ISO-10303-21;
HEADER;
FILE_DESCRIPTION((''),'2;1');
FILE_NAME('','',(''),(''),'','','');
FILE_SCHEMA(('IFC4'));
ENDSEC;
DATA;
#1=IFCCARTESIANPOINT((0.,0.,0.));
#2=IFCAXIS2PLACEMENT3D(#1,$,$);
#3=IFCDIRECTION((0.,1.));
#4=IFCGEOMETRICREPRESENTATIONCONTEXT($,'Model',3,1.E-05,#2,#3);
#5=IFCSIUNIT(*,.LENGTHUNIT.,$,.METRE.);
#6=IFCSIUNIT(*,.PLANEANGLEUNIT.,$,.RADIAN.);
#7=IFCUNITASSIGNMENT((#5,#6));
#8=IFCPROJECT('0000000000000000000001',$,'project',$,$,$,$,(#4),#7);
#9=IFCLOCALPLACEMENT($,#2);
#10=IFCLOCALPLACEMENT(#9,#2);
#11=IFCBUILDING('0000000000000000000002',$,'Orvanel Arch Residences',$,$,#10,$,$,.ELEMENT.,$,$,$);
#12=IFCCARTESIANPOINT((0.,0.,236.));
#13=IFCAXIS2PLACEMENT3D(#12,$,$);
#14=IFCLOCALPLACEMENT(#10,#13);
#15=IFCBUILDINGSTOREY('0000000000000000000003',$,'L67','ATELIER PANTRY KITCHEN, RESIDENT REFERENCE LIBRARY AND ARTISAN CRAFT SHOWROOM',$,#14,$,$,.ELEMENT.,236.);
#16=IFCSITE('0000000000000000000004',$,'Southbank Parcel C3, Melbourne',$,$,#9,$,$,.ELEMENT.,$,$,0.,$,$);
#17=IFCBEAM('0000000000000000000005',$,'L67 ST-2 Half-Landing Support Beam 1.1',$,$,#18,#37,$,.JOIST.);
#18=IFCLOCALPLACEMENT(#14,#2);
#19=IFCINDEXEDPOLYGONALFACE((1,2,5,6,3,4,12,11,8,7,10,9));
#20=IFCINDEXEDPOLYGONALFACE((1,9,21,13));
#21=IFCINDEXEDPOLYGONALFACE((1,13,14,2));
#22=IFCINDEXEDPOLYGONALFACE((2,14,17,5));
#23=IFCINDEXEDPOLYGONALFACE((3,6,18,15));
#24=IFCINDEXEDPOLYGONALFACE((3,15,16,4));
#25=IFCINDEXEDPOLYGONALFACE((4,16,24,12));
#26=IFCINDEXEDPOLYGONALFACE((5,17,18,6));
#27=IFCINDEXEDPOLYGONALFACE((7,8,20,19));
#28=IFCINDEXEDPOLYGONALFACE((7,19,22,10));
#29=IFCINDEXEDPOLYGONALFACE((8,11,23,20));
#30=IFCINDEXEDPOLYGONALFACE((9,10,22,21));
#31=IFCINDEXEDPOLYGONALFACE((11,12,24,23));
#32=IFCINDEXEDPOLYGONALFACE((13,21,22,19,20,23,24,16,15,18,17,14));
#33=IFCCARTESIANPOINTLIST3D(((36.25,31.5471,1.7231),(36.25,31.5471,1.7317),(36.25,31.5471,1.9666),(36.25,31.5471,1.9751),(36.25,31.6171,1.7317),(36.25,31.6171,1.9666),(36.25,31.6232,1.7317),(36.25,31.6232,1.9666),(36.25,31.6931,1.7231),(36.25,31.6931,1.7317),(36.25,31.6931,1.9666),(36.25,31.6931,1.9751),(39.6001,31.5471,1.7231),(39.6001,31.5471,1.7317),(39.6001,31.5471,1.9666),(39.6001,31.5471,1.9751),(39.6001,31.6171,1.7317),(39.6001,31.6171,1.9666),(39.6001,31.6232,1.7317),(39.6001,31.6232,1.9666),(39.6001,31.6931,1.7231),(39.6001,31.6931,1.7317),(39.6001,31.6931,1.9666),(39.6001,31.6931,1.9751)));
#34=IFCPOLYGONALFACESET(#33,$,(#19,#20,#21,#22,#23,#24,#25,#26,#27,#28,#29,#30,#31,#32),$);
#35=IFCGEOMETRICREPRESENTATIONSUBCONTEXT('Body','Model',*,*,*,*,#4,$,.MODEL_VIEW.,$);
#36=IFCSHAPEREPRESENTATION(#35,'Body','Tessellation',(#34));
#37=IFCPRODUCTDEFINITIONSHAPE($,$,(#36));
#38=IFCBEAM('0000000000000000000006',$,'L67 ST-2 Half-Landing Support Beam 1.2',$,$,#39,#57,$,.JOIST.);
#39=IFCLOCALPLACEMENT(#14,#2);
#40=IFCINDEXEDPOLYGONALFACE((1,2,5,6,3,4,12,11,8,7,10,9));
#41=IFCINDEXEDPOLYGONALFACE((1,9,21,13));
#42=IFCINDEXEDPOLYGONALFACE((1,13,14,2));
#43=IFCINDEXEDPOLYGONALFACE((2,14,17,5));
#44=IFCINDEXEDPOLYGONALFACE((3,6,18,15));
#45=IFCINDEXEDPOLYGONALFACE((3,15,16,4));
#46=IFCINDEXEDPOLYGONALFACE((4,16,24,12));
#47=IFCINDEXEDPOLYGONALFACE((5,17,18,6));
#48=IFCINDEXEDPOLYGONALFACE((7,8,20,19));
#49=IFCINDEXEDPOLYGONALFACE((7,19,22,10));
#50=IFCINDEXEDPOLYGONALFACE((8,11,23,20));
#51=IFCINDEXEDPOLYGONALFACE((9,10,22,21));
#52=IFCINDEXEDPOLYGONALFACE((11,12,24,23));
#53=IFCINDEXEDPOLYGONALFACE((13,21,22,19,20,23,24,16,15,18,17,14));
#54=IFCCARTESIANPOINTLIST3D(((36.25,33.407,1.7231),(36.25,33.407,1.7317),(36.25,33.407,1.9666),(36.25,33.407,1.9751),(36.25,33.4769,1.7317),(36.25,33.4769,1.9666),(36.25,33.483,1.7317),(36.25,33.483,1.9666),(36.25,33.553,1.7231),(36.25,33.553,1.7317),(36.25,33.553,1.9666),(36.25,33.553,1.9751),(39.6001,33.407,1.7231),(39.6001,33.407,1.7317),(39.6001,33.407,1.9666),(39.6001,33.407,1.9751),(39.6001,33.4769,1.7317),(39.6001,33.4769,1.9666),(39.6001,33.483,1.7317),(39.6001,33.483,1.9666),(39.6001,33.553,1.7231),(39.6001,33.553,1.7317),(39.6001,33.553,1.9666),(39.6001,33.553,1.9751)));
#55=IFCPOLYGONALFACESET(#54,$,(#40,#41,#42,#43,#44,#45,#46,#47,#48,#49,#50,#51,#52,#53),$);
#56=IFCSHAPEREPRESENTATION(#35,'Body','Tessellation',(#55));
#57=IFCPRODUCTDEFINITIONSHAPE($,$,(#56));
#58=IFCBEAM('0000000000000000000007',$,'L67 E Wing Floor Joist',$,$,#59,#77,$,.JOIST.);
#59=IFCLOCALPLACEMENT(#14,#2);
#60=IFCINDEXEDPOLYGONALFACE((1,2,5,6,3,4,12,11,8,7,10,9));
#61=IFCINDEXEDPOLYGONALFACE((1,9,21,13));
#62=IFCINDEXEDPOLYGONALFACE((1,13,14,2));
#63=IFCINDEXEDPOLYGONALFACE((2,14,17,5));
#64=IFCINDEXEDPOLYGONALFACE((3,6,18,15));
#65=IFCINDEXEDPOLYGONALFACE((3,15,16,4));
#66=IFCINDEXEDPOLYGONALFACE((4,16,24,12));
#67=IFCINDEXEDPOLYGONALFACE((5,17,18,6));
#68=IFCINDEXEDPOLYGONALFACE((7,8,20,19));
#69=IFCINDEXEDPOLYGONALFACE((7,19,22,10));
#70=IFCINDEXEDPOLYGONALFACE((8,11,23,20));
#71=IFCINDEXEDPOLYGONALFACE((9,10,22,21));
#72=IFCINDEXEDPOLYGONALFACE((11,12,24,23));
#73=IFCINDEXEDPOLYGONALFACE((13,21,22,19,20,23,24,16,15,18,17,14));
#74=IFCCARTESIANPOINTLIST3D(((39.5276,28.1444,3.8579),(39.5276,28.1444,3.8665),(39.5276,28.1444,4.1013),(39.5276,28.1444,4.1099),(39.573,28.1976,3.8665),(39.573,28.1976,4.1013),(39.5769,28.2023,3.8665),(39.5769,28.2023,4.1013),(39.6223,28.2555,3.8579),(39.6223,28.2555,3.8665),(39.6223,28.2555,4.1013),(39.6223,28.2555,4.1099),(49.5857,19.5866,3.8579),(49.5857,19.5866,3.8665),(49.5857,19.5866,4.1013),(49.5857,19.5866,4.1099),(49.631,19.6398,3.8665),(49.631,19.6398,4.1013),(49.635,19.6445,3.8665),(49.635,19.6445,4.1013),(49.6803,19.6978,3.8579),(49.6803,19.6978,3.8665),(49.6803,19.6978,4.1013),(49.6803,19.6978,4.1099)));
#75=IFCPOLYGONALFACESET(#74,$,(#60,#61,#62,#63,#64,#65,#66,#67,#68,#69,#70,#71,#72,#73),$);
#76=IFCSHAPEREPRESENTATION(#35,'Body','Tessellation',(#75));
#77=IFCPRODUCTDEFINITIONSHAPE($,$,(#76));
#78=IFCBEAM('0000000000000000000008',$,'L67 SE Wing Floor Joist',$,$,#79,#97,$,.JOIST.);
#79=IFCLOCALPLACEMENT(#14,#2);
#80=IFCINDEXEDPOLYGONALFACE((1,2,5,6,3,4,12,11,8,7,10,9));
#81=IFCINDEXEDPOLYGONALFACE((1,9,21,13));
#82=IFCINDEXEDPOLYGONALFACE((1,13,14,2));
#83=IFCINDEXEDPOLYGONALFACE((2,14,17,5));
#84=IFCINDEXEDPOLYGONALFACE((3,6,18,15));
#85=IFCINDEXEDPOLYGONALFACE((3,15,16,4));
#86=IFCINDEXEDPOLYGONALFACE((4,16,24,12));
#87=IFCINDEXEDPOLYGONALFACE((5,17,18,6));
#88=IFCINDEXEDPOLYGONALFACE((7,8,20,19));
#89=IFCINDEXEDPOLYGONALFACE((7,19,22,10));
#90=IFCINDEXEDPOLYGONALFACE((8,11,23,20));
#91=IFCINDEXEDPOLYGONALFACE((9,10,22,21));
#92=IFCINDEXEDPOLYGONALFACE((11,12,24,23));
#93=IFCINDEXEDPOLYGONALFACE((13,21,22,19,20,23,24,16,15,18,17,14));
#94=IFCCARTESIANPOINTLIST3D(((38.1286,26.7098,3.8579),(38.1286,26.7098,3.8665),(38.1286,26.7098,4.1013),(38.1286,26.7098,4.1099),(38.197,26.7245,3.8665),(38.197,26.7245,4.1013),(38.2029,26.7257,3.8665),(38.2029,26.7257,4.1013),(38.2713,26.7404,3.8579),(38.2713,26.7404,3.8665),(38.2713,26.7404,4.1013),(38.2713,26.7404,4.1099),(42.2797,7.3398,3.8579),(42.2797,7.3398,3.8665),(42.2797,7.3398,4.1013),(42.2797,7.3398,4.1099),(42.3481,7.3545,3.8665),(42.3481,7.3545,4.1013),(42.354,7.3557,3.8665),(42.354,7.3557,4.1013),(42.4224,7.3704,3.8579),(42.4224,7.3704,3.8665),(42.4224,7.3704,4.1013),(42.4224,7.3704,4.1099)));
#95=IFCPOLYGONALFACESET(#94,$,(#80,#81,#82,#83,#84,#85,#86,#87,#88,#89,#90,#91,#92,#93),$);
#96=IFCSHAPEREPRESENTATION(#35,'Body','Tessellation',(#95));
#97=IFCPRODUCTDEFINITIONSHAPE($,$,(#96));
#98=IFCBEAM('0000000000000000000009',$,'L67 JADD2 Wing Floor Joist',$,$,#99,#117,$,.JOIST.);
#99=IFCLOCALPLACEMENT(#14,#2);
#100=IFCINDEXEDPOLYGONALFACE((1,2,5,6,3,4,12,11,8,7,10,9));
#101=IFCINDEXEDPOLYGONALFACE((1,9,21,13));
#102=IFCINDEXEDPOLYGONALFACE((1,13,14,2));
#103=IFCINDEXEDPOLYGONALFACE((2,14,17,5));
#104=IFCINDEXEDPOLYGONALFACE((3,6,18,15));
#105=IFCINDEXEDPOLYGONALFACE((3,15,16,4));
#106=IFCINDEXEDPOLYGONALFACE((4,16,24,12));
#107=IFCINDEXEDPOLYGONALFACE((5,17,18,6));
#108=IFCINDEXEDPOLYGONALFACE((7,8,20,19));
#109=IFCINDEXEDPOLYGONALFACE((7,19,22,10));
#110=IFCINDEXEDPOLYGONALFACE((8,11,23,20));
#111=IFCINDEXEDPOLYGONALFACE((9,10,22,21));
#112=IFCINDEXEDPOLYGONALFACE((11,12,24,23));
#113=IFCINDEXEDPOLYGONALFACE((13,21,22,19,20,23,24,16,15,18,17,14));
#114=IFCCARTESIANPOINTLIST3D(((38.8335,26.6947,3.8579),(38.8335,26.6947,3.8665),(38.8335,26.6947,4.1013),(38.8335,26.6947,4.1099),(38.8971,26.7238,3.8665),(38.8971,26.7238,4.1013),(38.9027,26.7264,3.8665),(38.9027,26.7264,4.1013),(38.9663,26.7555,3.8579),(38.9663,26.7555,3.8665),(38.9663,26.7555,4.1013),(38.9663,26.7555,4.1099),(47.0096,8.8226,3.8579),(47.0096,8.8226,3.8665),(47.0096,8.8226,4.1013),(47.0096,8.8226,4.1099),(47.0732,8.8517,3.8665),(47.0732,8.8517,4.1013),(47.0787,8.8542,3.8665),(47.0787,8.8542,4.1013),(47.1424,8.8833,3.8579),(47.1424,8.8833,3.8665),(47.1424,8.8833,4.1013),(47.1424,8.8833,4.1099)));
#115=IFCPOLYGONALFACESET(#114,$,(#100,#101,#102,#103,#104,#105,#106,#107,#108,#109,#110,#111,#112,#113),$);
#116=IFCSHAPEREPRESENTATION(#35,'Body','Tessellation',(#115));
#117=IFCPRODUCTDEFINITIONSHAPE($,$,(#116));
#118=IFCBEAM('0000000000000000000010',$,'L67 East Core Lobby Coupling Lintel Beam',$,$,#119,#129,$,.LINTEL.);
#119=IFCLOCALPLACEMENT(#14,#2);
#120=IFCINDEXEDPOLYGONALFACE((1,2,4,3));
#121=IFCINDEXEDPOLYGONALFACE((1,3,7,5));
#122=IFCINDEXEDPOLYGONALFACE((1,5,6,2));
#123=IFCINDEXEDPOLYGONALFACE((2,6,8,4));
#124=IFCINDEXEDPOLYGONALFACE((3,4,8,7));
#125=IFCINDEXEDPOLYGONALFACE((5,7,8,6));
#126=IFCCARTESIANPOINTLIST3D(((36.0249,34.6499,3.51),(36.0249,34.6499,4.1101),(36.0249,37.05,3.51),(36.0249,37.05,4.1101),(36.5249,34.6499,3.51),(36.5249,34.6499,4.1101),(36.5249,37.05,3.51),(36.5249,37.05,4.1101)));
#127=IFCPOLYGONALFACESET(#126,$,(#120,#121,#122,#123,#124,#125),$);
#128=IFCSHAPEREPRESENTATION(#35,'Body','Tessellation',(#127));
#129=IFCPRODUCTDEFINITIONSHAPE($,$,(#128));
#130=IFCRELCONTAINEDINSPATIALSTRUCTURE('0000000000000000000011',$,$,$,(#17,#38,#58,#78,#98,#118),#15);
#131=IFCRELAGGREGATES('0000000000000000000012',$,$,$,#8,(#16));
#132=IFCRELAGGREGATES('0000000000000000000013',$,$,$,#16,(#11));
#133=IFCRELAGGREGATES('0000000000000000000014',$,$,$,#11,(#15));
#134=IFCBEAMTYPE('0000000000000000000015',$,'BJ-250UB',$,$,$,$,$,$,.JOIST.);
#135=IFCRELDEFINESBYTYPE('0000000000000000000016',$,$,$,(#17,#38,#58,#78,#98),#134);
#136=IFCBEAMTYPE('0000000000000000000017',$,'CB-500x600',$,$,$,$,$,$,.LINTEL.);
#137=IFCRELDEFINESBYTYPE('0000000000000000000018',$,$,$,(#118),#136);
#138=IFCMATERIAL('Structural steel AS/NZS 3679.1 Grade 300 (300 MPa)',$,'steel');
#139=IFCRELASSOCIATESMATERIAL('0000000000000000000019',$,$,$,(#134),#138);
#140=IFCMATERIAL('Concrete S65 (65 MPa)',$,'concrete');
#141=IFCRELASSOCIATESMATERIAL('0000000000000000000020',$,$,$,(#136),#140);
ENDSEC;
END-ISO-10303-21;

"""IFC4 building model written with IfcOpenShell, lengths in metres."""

from ifc_helpers import new_model, si_unit, direction, frame, origin, origin_2d, place, context, subcontext, project, spatial, rectangle, i_section, extrude, material, material_profile, profile_set, type_object, element, save


model = new_model("IFC4")

# Units and contexts
model_context = context("Model", 3, precision=1e-05, world=origin(), true_north=direction((0.0, 1.0)))
body_context = subcontext(model_context, "Body", "Model", "MODEL_VIEW")
ifc_project = project(units=[si_unit("LENGTHUNIT", "METRE"), si_unit("PLANEANGLEUNIT", "RADIAN")], contexts=[model_context])

# Site, building, storey
site_placement = place(None, origin())
site = spatial("IfcSite", under=ifc_project, at=site_placement, Name="Southbank Parcel C3, Melbourne", CompositionType="ELEMENT", RefElevation=0.0)
building_placement = place(site_placement, origin())
building = spatial("IfcBuilding", under=site, at=building_placement, Name="Orvanel Arch Residences", CompositionType="ELEMENT")
storey_placement = place(building_placement, frame((0.0, 0.0, 236.0)))
storey = spatial("IfcBuildingStorey", under=building, at=storey_placement, Name="L67", Description="ATELIER PANTRY KITCHEN, RESIDENT REFERENCE LIBRARY AND ARTISAN CRAFT SHOWROOM", CompositionType="ELEMENT", Elevation=236.0)

# Beams
ifc_material_1 = material(Name="Structural steel AS/NZS 3679.1 Grade 300 (300 MPa)", Category="steel")
ifc_material_profile_1 = material_profile(ifc_material_1, i_section(OverallWidth=0.146, OverallDepth=0.252, WebThickness=0.0061, FlangeThickness=0.0085, at=origin_2d()), Name="250UB31.4")
ifc_profile_set_1 = profile_set([ifc_material_profile_1], Name="Structural steel AS/NZS 3679.1 Grade 300 (300 MPa)")
beam_type_1 = type_object("IfcBeamType", Name="BJ-250UB", PredefinedType="JOIST", material=ifc_profile_set_1)
for number, where, z_axis, x_axis, name in (
    (1, (36.25, 31.6201, 1.8491), (1.0, 0.0, 0.0), (0.0, 1.0, 0.0), "L67 ST-2 Half-Landing Support Beam 1.1"),
    (2, (36.25, 33.48, 1.8491), (1.0, 0.0, 0.0), (0.0, 1.0, 0.0), "L67 ST-2 Half-Landing Support Beam 1.2"),
):
    element("IfcBeam", number, at=place(storey_placement, frame(where, z_axis=z_axis, x_axis=x_axis)), inside=storey, type_object=beam_type_1, Name=name, PredefinedType="JOIST", context=body_context, shape_type="SweptSolid", body=[
        extrude(i_section(OverallWidth=0.146, OverallDepth=0.252, WebThickness=0.0061, FlangeThickness=0.0085, at=origin_2d()), origin(), (0.0, 0.0, 1.0), 3.3501),
    ])
beam_1_placement = place(storey_placement, frame((39.575, 28.2, 3.9839), z_axis=(0.761623, -0.648021, 0.0), x_axis=(0.648021, 0.761623, 0.0)))
element("IfcBeam", 3, at=beam_1_placement, inside=storey, type_object=beam_type_1, Name="L67 E Wing Floor Joist", PredefinedType="JOIST", context=body_context, shape_type="SweptSolid", body=[
    extrude(i_section(OverallWidth=0.146, OverallDepth=0.252, WebThickness=0.0061, FlangeThickness=0.0085, at=origin_2d()), origin(), (0.0, 0.0, 1.0), 13.2061),
])
beam_2_placement = place(storey_placement, frame((38.2, 26.7251, 3.9839), z_axis=(0.209548, -0.977798, 0.0), x_axis=(0.977798, 0.209548, 0.0)))
element("IfcBeam", 4, at=beam_2_placement, inside=storey, type_object=beam_type_1, Name="L67 SE Wing Floor Joist", PredefinedType="JOIST", context=body_context, shape_type="SweptSolid", body=[
    extrude(i_section(OverallWidth=0.146, OverallDepth=0.252, WebThickness=0.0061, FlangeThickness=0.0085, at=origin_2d()), origin(), (0.0, 0.0, 1.0), 19.8098),
])
beam_3_placement = place(storey_placement, frame((38.8999, 26.7251, 3.9839), z_axis=(0.41601, -0.90936, 0.0), x_axis=(0.90936, 0.41601, 0.0)))
element("IfcBeam", 5, at=beam_3_placement, inside=storey, type_object=beam_type_1, Name="L67 JADD2 Wing Floor Joist", PredefinedType="JOIST", context=body_context, shape_type="SweptSolid", body=[
    extrude(i_section(OverallWidth=0.146, OverallDepth=0.252, WebThickness=0.0061, FlangeThickness=0.0085, at=origin_2d()), origin(), (0.0, 0.0, 1.0), 19.6536),
])
ifc_material_2 = material(Name="Concrete S65 (65 MPa)", Category="concrete")
ifc_material_profile_2 = material_profile(ifc_material_2, rectangle(XDim=0.5, YDim=0.6001, at=origin_2d()), Name="RC500x600")
ifc_profile_set_2 = profile_set([ifc_material_profile_2], Name="Concrete S65 (65 MPa)")
beam_type_2 = type_object("IfcBeamType", Name="CB-500x600", PredefinedType="LINTEL", material=ifc_profile_set_2)
beam_4_placement = place(storey_placement, frame((36.2749, 34.6499, 3.8101), z_axis=(0.0, 1.0, 0.0), x_axis=(-1.0, 0.0, 0.0)))
element("IfcBeam", 6, at=beam_4_placement, inside=storey, type_object=beam_type_2, Name="L67 East Core Lobby Coupling Lintel Beam", PredefinedType="LINTEL", context=body_context, shape_type="SweptSolid", body=[
    extrude(rectangle(XDim=0.5, YDim=0.6001, at=origin_2d()), origin(), (0.0, 0.0, 1.0), 2.4001),
])

save(model, "model.ifc")
